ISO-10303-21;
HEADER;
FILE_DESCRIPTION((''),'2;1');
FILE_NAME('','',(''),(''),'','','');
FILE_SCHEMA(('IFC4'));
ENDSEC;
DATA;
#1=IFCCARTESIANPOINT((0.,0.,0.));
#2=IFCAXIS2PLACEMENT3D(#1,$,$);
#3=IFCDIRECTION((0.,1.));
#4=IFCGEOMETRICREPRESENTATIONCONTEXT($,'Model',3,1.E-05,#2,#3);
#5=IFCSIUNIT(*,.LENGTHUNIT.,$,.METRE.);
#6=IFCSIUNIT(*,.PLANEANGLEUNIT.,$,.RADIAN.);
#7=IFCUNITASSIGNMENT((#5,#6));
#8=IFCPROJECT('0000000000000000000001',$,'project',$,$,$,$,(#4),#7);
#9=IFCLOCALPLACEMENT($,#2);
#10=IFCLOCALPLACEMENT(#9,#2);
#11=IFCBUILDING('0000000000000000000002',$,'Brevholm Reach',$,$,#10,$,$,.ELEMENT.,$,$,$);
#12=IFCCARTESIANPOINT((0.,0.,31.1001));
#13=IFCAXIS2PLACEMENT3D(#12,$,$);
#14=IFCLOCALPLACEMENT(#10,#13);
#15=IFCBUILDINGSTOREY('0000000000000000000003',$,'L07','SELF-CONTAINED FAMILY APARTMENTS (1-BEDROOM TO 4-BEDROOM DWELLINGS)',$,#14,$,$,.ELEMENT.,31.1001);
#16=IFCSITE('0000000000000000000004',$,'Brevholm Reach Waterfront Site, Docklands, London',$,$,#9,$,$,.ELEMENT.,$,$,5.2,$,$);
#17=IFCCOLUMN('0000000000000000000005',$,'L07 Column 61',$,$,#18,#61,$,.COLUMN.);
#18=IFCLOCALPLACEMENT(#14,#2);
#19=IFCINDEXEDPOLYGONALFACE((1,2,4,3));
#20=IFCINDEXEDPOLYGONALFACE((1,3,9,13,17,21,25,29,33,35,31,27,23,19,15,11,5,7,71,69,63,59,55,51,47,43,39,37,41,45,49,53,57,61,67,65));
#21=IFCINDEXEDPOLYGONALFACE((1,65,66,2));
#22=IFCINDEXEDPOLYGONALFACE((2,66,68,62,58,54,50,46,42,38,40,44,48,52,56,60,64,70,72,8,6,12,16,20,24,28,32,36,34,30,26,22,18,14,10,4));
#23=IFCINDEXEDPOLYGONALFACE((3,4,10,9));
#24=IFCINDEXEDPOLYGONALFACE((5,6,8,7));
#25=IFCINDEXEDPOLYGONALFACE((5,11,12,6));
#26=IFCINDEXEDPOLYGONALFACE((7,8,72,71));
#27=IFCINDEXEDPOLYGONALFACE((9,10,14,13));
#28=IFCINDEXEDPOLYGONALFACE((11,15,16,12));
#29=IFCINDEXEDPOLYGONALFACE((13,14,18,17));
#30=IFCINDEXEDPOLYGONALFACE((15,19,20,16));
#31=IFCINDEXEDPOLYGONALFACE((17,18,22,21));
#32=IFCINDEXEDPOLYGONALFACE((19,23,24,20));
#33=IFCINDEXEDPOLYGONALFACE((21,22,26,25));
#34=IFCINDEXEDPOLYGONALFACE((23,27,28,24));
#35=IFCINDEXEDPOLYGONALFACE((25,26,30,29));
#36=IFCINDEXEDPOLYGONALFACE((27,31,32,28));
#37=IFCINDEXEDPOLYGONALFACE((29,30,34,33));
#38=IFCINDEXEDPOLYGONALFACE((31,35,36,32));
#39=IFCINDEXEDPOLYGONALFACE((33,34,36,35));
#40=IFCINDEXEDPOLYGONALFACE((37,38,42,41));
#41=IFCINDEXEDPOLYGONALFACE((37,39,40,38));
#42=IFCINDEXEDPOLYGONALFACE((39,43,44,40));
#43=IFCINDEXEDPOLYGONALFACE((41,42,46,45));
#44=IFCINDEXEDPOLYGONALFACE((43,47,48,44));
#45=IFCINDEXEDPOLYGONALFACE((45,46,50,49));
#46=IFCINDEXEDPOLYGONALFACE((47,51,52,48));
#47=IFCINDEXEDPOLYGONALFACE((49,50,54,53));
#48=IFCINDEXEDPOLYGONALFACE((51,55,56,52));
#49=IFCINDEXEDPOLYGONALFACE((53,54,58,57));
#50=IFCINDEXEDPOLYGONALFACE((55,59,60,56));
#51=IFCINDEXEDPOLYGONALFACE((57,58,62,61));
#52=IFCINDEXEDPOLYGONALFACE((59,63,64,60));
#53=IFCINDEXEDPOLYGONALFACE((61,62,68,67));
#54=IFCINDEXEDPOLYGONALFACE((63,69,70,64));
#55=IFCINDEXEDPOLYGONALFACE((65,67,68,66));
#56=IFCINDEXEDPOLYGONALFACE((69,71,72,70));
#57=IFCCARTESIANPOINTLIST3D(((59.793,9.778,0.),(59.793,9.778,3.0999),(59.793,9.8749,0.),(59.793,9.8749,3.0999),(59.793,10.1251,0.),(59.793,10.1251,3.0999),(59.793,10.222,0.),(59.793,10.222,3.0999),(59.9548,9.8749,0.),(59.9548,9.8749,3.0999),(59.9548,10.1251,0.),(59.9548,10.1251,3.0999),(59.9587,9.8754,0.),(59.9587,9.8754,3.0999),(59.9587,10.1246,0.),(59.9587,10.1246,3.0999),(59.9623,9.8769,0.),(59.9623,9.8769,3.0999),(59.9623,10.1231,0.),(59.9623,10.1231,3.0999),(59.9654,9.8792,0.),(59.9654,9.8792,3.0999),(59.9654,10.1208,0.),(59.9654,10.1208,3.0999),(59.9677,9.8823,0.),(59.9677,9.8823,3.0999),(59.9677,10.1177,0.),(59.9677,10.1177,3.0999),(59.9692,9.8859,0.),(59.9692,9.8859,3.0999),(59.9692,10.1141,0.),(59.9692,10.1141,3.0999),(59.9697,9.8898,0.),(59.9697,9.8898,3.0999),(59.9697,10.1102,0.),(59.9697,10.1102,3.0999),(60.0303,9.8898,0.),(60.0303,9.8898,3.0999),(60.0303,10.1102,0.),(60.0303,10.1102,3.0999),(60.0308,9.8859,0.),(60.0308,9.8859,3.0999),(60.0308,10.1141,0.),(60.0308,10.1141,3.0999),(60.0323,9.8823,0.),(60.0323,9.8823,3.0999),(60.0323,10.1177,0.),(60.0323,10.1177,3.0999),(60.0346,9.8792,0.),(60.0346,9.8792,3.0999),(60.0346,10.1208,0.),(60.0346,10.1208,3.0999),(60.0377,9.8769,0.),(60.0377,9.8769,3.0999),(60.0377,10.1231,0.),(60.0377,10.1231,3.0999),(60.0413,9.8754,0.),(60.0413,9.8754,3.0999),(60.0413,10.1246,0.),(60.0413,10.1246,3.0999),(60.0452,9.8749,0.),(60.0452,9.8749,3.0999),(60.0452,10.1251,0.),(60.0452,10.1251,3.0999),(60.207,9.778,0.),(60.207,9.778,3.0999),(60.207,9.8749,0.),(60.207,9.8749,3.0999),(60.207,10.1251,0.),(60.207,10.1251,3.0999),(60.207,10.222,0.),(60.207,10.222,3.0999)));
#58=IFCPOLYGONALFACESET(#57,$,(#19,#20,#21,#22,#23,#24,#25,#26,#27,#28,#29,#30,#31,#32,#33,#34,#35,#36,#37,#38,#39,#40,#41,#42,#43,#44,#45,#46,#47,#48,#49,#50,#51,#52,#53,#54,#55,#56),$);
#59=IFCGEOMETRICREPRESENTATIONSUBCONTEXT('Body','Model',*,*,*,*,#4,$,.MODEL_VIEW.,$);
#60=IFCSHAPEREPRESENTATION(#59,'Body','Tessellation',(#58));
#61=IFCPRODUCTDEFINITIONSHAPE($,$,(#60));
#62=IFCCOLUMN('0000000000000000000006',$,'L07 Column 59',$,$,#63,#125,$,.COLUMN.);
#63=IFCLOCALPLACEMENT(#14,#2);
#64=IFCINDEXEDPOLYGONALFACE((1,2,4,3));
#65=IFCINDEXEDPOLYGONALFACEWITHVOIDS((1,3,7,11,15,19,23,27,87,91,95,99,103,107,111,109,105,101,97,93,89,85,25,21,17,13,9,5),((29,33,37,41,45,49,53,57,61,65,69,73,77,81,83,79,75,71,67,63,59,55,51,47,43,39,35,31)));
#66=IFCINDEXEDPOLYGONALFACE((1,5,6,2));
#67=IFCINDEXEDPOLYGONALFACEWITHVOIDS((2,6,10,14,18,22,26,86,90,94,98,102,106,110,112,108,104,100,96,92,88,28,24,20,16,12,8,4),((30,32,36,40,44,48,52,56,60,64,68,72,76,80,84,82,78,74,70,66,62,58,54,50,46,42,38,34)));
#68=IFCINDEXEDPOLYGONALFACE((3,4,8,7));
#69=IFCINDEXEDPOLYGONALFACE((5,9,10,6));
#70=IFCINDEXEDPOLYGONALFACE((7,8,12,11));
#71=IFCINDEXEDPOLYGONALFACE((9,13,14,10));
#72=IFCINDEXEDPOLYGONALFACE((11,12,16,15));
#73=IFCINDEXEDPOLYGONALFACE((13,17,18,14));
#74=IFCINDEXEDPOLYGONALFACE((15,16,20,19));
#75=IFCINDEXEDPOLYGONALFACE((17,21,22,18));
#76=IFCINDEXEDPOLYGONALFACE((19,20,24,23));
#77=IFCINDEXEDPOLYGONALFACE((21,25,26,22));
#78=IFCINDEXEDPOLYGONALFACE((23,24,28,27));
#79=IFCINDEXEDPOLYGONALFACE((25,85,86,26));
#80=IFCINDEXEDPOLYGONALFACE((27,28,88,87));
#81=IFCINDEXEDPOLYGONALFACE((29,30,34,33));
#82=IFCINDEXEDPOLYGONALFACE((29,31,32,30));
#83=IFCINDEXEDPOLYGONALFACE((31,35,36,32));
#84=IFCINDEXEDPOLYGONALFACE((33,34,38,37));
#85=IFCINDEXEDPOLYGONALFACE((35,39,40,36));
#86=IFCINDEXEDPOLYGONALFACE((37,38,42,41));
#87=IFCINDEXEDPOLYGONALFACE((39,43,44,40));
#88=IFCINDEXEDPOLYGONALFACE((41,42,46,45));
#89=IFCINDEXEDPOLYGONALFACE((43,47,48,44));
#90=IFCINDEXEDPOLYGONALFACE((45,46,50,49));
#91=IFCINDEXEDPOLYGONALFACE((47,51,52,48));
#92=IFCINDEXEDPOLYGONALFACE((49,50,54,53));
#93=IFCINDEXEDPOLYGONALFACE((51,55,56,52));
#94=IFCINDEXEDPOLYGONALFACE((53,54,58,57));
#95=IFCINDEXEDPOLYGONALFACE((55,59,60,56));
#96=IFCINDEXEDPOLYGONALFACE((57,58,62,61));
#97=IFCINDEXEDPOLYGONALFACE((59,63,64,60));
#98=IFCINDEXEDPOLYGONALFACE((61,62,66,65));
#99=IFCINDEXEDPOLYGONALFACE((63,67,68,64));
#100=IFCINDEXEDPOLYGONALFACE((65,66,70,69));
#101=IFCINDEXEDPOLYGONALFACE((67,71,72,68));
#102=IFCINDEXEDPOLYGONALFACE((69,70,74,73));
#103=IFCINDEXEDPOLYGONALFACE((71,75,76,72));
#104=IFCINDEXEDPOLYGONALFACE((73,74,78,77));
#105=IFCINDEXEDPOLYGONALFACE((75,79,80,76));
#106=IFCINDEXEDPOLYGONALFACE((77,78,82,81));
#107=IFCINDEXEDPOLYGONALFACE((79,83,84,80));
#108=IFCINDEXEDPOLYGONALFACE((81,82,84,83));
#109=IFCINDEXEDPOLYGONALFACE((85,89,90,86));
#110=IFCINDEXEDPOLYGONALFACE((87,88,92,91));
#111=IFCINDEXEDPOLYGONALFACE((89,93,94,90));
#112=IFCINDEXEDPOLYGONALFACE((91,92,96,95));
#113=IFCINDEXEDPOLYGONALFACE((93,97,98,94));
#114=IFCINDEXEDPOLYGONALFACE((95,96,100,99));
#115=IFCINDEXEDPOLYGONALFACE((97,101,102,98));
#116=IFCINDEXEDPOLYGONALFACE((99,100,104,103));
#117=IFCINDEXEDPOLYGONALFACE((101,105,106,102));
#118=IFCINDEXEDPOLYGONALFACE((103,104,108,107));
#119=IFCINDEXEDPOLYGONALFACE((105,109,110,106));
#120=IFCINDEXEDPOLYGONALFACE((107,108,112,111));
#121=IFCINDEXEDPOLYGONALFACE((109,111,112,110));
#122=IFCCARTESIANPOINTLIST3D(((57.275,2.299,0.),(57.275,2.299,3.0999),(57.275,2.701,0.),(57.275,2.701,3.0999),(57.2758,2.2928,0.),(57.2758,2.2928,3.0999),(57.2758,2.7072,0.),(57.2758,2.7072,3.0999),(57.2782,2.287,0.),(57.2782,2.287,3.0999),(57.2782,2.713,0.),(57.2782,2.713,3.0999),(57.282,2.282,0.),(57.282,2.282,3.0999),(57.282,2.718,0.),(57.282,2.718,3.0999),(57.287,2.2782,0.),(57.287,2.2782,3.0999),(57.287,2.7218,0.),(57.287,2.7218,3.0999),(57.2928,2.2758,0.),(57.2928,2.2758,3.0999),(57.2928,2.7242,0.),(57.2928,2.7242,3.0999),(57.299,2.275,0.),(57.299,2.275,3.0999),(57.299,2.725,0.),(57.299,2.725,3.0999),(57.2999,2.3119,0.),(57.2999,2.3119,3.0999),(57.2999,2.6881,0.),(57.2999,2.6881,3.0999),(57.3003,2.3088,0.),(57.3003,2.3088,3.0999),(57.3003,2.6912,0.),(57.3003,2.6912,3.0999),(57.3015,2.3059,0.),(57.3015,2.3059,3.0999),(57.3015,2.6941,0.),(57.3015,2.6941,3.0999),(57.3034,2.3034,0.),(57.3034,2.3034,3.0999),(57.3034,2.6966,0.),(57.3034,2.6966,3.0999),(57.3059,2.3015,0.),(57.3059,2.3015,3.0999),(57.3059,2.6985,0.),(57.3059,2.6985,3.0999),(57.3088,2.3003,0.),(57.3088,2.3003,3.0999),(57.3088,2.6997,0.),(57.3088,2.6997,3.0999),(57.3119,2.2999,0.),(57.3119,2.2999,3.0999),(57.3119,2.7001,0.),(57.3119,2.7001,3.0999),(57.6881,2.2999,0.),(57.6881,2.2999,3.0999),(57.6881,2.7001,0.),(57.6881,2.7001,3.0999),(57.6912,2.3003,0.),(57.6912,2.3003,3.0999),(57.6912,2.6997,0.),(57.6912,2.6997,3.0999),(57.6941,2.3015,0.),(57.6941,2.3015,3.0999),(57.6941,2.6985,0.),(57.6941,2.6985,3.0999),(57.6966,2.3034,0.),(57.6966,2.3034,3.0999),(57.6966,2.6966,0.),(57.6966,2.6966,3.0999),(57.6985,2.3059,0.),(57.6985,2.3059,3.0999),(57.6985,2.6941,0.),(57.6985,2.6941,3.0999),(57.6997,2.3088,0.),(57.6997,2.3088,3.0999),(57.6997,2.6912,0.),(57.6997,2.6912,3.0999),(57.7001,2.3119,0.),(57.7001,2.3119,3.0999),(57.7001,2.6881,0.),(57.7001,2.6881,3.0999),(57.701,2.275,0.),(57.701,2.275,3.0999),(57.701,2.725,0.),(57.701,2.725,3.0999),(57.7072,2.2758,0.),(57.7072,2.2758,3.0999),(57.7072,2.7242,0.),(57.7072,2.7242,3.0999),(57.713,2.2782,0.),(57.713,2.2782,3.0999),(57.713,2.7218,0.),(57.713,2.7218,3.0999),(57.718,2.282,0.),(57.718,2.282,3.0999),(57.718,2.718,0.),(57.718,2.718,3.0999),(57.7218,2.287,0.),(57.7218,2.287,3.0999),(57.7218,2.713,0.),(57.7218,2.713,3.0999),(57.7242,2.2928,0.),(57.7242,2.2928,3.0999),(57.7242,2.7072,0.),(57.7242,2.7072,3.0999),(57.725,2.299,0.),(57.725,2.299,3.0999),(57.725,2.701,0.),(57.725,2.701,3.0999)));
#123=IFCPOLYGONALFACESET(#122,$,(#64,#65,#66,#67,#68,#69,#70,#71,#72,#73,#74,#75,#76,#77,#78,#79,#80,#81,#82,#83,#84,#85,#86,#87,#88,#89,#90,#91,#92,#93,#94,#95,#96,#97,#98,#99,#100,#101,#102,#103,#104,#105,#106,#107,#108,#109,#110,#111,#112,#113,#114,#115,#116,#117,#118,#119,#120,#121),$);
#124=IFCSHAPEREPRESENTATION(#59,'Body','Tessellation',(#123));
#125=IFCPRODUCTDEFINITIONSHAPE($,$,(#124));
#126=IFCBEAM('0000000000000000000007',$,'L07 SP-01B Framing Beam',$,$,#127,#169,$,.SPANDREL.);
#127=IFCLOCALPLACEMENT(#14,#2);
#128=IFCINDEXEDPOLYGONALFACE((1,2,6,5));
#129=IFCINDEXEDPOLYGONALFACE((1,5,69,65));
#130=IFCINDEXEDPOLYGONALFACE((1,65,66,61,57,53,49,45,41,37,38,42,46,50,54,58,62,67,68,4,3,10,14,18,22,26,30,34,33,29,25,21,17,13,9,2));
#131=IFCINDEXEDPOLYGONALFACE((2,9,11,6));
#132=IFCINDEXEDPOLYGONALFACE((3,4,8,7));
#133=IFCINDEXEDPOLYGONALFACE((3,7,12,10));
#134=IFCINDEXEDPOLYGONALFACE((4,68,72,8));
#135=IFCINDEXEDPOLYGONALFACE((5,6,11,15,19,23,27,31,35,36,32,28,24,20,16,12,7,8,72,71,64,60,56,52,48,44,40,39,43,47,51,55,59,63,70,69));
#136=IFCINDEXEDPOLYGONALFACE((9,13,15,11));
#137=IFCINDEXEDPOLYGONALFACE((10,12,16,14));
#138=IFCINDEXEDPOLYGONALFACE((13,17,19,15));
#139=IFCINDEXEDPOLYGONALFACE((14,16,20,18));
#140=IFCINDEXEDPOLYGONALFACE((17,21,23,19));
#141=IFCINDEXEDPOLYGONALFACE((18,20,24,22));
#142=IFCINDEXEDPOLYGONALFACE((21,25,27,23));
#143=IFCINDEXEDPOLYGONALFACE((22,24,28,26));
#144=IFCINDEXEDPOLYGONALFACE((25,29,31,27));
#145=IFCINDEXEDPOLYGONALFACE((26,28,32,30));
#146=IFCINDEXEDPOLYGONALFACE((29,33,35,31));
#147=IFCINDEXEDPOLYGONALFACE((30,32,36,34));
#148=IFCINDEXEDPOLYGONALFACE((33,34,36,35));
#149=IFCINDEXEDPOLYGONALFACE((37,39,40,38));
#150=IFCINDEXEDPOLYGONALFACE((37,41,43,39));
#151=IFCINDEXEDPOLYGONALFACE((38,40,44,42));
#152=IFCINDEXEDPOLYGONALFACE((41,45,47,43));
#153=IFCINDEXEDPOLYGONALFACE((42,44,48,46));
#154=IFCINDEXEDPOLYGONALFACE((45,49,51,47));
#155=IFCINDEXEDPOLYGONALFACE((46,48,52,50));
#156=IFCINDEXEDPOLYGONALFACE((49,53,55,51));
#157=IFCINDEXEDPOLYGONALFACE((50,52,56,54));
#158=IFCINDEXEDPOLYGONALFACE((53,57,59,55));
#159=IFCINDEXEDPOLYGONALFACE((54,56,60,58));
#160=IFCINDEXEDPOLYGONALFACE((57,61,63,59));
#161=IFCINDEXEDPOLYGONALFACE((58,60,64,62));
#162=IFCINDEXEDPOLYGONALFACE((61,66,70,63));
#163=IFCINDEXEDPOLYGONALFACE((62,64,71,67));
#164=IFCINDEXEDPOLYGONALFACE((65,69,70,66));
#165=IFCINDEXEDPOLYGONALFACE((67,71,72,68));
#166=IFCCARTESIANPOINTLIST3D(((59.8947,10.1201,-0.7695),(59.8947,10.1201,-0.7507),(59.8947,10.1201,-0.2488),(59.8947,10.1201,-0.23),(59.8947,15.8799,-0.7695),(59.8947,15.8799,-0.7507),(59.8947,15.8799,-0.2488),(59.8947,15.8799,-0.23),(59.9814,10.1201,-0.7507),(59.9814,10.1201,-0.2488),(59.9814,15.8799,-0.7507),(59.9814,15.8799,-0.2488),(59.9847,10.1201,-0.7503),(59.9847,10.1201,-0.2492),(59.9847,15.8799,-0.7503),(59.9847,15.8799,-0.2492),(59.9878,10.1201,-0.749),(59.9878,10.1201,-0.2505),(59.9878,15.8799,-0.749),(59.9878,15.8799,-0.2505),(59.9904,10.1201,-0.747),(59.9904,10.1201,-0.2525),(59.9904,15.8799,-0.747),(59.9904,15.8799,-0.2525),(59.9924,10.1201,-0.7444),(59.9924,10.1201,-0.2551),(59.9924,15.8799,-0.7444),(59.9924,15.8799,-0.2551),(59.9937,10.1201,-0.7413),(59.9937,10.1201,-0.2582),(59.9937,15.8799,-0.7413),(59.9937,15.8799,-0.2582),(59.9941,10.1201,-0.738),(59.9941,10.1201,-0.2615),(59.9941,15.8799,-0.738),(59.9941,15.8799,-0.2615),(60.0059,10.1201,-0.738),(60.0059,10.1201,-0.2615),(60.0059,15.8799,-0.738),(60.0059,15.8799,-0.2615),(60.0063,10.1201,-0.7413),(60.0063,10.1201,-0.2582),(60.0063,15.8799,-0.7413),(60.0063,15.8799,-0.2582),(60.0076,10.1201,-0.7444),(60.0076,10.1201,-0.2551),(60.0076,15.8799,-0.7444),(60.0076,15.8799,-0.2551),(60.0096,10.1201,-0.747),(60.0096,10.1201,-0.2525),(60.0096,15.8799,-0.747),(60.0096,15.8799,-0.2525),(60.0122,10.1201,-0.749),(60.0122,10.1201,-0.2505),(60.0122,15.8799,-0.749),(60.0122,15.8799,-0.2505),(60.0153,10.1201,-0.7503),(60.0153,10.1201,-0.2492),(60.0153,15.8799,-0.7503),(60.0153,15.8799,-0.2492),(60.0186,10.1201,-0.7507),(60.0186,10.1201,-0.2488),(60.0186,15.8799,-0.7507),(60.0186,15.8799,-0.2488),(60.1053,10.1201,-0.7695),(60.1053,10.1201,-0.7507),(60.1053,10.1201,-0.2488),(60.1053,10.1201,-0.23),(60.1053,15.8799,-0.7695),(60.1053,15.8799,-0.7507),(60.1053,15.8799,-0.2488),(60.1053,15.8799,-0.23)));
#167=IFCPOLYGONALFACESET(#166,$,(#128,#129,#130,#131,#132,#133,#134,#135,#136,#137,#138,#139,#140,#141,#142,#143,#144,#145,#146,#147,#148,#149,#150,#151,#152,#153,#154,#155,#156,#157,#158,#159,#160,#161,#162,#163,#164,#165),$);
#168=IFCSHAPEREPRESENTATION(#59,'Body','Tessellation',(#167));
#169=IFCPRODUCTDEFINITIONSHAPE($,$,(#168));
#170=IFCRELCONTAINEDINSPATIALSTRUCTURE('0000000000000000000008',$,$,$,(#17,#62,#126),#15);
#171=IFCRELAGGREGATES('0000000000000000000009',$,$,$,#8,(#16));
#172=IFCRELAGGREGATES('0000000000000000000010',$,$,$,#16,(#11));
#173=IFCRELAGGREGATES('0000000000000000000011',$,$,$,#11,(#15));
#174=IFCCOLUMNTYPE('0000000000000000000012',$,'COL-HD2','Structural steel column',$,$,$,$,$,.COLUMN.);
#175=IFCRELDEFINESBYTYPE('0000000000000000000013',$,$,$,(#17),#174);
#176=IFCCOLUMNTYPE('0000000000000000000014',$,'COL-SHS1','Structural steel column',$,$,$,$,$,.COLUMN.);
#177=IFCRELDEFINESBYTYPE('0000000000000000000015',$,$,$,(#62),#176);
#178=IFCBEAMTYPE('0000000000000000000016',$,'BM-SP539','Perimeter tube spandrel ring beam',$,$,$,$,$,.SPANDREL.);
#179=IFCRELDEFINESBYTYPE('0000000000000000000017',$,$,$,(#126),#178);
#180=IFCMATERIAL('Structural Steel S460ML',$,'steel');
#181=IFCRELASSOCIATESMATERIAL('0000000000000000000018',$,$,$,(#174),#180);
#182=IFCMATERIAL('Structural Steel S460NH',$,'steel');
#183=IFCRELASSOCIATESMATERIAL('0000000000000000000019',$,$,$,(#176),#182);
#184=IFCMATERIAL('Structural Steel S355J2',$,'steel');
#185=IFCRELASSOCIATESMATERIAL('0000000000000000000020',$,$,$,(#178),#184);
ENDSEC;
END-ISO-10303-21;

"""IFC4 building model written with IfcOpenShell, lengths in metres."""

from ifc_helpers import new_model, si_unit, direction, frame, origin, origin_2d, place, context, subcontext, project, spatial, hollow_rectangle, i_section, extrude, material, material_profile, profile_set, type_object, element, save


model = new_model("IFC4")

# Units and contexts
model_context = context("Model", 3, precision=1e-05, world=origin(), true_north=direction((0.0, 1.0)))
body_context = subcontext(model_context, "Body", "Model", "MODEL_VIEW")
ifc_project = project(units=[si_unit("LENGTHUNIT", "METRE"), si_unit("PLANEANGLEUNIT", "RADIAN")], contexts=[model_context])

# Site, building, storey
site_placement = place(None, origin())
site = spatial("IfcSite", under=ifc_project, at=site_placement, Name="Brevholm Reach Waterfront Site, Docklands, London", CompositionType="ELEMENT", RefElevation=5.2)
building_placement = place(site_placement, origin())
building = spatial("IfcBuilding", under=site, at=building_placement, Name="Brevholm Reach", CompositionType="ELEMENT")
storey_placement = place(building_placement, frame((0.0, 0.0, 31.1001)))
storey = spatial("IfcBuildingStorey", under=building, at=storey_placement, Name="L07", Description="SELF-CONTAINED FAMILY APARTMENTS (1-BEDROOM TO 4-BEDROOM DWELLINGS)", CompositionType="ELEMENT", Elevation=31.1001)

# Columns
ifc_material_1 = material(Name="Structural Steel S460ML", Category="steel")
ifc_material_profile_1 = material_profile(ifc_material_1, i_section(OverallWidth=0.4141, OverallDepth=0.4441, WebThickness=0.0605, FlangeThickness=0.0969, FilletRadius=0.0149, at=origin_2d()), Name="HD 400x818")
ifc_profile_set_1 = profile_set([ifc_material_profile_1], Name="Structural Steel S460ML")
column_type_1 = type_object("IfcColumnType", Name="COL-HD2", Description="Structural steel column", PredefinedType="COLUMN", material=ifc_profile_set_1)
column_1_placement = place(storey_placement, frame((60.0, 10.0, 0.0), z_axis=(0.0, 0.0, 1.0), x_axis=(1.0, 0.0, 0.0)))
element("IfcColumn", 1, at=column_1_placement, inside=storey, type_object=column_type_1, Name="L07 Column 61", PredefinedType="COLUMN", context=body_context, shape_type="SweptSolid", body=[
    extrude(i_section(OverallWidth=0.4141, OverallDepth=0.4441, WebThickness=0.0605, FlangeThickness=0.0969, FilletRadius=0.0149, at=origin_2d()), origin(), (0.0, 0.0, 1.0), 3.0999),
])
ifc_material_2 = material(Name="Structural Steel S460NH", Category="steel")
ifc_material_profile_2 = material_profile(ifc_material_2, hollow_rectangle(XDim=0.45, YDim=0.45, WallThickness=0.0249, InnerFilletRadius=0.012, OuterFilletRadius=0.0239, at=origin_2d()), Name="SHS 450x450x25")
ifc_profile_set_2 = profile_set([ifc_material_profile_2], Name="Structural Steel S460NH")
column_type_2 = type_object("IfcColumnType", Name="COL-SHS1", Description="Structural steel column", PredefinedType="COLUMN", material=ifc_profile_set_2)
column_2_placement = place(storey_placement, frame((57.5, 2.5, 0.0), z_axis=(0.0, 0.0, 1.0), x_axis=(1.0, 0.0, 0.0)))
element("IfcColumn", 2, at=column_2_placement, inside=storey, type_object=column_type_2, Name="L07 Column 59", PredefinedType="COLUMN", context=body_context, shape_type="SweptSolid", body=[
    extrude(hollow_rectangle(XDim=0.45, YDim=0.45, WallThickness=0.0249, InnerFilletRadius=0.012, OuterFilletRadius=0.0239, at=origin_2d()), origin(), (0.0, 0.0, 1.0), 3.0999),
])

# Beam
ifc_material_3 = material(Name="Structural Steel S355J2", Category="steel")
ifc_material_profile_3 = material_profile(ifc_material_3, i_section(OverallWidth=0.2107, OverallDepth=0.5396, WebThickness=0.0117, FlangeThickness=0.0188, FilletRadius=0.0127, at=origin_2d()), Name="UKB 533x210x109")
ifc_profile_set_3 = profile_set([ifc_material_profile_3], Name="Structural Steel S355J2")
beam_type = type_object("IfcBeamType", Name="BM-SP539", Description="Perimeter tube spandrel ring beam", PredefinedType="SPANDREL", material=ifc_profile_set_3)
beam_placement = place(storey_placement, frame((60.0, 10.1201, -0.4998), z_axis=(0.0, 1.0, 0.0), x_axis=(-1.0, 0.0, 0.0)))
element("IfcBeam", 3, at=beam_placement, inside=storey, type_object=beam_type, Name="L07 SP-01B Framing Beam", PredefinedType="SPANDREL", context=body_context, shape_type="SweptSolid", body=[
    extrude(i_section(OverallWidth=0.2107, OverallDepth=0.5396, WebThickness=0.0117, FlangeThickness=0.0188, FilletRadius=0.0127, at=origin_2d()), origin(), (0.0, 0.0, 1.0), 5.7598),
])

save(model, "model.ifc")
